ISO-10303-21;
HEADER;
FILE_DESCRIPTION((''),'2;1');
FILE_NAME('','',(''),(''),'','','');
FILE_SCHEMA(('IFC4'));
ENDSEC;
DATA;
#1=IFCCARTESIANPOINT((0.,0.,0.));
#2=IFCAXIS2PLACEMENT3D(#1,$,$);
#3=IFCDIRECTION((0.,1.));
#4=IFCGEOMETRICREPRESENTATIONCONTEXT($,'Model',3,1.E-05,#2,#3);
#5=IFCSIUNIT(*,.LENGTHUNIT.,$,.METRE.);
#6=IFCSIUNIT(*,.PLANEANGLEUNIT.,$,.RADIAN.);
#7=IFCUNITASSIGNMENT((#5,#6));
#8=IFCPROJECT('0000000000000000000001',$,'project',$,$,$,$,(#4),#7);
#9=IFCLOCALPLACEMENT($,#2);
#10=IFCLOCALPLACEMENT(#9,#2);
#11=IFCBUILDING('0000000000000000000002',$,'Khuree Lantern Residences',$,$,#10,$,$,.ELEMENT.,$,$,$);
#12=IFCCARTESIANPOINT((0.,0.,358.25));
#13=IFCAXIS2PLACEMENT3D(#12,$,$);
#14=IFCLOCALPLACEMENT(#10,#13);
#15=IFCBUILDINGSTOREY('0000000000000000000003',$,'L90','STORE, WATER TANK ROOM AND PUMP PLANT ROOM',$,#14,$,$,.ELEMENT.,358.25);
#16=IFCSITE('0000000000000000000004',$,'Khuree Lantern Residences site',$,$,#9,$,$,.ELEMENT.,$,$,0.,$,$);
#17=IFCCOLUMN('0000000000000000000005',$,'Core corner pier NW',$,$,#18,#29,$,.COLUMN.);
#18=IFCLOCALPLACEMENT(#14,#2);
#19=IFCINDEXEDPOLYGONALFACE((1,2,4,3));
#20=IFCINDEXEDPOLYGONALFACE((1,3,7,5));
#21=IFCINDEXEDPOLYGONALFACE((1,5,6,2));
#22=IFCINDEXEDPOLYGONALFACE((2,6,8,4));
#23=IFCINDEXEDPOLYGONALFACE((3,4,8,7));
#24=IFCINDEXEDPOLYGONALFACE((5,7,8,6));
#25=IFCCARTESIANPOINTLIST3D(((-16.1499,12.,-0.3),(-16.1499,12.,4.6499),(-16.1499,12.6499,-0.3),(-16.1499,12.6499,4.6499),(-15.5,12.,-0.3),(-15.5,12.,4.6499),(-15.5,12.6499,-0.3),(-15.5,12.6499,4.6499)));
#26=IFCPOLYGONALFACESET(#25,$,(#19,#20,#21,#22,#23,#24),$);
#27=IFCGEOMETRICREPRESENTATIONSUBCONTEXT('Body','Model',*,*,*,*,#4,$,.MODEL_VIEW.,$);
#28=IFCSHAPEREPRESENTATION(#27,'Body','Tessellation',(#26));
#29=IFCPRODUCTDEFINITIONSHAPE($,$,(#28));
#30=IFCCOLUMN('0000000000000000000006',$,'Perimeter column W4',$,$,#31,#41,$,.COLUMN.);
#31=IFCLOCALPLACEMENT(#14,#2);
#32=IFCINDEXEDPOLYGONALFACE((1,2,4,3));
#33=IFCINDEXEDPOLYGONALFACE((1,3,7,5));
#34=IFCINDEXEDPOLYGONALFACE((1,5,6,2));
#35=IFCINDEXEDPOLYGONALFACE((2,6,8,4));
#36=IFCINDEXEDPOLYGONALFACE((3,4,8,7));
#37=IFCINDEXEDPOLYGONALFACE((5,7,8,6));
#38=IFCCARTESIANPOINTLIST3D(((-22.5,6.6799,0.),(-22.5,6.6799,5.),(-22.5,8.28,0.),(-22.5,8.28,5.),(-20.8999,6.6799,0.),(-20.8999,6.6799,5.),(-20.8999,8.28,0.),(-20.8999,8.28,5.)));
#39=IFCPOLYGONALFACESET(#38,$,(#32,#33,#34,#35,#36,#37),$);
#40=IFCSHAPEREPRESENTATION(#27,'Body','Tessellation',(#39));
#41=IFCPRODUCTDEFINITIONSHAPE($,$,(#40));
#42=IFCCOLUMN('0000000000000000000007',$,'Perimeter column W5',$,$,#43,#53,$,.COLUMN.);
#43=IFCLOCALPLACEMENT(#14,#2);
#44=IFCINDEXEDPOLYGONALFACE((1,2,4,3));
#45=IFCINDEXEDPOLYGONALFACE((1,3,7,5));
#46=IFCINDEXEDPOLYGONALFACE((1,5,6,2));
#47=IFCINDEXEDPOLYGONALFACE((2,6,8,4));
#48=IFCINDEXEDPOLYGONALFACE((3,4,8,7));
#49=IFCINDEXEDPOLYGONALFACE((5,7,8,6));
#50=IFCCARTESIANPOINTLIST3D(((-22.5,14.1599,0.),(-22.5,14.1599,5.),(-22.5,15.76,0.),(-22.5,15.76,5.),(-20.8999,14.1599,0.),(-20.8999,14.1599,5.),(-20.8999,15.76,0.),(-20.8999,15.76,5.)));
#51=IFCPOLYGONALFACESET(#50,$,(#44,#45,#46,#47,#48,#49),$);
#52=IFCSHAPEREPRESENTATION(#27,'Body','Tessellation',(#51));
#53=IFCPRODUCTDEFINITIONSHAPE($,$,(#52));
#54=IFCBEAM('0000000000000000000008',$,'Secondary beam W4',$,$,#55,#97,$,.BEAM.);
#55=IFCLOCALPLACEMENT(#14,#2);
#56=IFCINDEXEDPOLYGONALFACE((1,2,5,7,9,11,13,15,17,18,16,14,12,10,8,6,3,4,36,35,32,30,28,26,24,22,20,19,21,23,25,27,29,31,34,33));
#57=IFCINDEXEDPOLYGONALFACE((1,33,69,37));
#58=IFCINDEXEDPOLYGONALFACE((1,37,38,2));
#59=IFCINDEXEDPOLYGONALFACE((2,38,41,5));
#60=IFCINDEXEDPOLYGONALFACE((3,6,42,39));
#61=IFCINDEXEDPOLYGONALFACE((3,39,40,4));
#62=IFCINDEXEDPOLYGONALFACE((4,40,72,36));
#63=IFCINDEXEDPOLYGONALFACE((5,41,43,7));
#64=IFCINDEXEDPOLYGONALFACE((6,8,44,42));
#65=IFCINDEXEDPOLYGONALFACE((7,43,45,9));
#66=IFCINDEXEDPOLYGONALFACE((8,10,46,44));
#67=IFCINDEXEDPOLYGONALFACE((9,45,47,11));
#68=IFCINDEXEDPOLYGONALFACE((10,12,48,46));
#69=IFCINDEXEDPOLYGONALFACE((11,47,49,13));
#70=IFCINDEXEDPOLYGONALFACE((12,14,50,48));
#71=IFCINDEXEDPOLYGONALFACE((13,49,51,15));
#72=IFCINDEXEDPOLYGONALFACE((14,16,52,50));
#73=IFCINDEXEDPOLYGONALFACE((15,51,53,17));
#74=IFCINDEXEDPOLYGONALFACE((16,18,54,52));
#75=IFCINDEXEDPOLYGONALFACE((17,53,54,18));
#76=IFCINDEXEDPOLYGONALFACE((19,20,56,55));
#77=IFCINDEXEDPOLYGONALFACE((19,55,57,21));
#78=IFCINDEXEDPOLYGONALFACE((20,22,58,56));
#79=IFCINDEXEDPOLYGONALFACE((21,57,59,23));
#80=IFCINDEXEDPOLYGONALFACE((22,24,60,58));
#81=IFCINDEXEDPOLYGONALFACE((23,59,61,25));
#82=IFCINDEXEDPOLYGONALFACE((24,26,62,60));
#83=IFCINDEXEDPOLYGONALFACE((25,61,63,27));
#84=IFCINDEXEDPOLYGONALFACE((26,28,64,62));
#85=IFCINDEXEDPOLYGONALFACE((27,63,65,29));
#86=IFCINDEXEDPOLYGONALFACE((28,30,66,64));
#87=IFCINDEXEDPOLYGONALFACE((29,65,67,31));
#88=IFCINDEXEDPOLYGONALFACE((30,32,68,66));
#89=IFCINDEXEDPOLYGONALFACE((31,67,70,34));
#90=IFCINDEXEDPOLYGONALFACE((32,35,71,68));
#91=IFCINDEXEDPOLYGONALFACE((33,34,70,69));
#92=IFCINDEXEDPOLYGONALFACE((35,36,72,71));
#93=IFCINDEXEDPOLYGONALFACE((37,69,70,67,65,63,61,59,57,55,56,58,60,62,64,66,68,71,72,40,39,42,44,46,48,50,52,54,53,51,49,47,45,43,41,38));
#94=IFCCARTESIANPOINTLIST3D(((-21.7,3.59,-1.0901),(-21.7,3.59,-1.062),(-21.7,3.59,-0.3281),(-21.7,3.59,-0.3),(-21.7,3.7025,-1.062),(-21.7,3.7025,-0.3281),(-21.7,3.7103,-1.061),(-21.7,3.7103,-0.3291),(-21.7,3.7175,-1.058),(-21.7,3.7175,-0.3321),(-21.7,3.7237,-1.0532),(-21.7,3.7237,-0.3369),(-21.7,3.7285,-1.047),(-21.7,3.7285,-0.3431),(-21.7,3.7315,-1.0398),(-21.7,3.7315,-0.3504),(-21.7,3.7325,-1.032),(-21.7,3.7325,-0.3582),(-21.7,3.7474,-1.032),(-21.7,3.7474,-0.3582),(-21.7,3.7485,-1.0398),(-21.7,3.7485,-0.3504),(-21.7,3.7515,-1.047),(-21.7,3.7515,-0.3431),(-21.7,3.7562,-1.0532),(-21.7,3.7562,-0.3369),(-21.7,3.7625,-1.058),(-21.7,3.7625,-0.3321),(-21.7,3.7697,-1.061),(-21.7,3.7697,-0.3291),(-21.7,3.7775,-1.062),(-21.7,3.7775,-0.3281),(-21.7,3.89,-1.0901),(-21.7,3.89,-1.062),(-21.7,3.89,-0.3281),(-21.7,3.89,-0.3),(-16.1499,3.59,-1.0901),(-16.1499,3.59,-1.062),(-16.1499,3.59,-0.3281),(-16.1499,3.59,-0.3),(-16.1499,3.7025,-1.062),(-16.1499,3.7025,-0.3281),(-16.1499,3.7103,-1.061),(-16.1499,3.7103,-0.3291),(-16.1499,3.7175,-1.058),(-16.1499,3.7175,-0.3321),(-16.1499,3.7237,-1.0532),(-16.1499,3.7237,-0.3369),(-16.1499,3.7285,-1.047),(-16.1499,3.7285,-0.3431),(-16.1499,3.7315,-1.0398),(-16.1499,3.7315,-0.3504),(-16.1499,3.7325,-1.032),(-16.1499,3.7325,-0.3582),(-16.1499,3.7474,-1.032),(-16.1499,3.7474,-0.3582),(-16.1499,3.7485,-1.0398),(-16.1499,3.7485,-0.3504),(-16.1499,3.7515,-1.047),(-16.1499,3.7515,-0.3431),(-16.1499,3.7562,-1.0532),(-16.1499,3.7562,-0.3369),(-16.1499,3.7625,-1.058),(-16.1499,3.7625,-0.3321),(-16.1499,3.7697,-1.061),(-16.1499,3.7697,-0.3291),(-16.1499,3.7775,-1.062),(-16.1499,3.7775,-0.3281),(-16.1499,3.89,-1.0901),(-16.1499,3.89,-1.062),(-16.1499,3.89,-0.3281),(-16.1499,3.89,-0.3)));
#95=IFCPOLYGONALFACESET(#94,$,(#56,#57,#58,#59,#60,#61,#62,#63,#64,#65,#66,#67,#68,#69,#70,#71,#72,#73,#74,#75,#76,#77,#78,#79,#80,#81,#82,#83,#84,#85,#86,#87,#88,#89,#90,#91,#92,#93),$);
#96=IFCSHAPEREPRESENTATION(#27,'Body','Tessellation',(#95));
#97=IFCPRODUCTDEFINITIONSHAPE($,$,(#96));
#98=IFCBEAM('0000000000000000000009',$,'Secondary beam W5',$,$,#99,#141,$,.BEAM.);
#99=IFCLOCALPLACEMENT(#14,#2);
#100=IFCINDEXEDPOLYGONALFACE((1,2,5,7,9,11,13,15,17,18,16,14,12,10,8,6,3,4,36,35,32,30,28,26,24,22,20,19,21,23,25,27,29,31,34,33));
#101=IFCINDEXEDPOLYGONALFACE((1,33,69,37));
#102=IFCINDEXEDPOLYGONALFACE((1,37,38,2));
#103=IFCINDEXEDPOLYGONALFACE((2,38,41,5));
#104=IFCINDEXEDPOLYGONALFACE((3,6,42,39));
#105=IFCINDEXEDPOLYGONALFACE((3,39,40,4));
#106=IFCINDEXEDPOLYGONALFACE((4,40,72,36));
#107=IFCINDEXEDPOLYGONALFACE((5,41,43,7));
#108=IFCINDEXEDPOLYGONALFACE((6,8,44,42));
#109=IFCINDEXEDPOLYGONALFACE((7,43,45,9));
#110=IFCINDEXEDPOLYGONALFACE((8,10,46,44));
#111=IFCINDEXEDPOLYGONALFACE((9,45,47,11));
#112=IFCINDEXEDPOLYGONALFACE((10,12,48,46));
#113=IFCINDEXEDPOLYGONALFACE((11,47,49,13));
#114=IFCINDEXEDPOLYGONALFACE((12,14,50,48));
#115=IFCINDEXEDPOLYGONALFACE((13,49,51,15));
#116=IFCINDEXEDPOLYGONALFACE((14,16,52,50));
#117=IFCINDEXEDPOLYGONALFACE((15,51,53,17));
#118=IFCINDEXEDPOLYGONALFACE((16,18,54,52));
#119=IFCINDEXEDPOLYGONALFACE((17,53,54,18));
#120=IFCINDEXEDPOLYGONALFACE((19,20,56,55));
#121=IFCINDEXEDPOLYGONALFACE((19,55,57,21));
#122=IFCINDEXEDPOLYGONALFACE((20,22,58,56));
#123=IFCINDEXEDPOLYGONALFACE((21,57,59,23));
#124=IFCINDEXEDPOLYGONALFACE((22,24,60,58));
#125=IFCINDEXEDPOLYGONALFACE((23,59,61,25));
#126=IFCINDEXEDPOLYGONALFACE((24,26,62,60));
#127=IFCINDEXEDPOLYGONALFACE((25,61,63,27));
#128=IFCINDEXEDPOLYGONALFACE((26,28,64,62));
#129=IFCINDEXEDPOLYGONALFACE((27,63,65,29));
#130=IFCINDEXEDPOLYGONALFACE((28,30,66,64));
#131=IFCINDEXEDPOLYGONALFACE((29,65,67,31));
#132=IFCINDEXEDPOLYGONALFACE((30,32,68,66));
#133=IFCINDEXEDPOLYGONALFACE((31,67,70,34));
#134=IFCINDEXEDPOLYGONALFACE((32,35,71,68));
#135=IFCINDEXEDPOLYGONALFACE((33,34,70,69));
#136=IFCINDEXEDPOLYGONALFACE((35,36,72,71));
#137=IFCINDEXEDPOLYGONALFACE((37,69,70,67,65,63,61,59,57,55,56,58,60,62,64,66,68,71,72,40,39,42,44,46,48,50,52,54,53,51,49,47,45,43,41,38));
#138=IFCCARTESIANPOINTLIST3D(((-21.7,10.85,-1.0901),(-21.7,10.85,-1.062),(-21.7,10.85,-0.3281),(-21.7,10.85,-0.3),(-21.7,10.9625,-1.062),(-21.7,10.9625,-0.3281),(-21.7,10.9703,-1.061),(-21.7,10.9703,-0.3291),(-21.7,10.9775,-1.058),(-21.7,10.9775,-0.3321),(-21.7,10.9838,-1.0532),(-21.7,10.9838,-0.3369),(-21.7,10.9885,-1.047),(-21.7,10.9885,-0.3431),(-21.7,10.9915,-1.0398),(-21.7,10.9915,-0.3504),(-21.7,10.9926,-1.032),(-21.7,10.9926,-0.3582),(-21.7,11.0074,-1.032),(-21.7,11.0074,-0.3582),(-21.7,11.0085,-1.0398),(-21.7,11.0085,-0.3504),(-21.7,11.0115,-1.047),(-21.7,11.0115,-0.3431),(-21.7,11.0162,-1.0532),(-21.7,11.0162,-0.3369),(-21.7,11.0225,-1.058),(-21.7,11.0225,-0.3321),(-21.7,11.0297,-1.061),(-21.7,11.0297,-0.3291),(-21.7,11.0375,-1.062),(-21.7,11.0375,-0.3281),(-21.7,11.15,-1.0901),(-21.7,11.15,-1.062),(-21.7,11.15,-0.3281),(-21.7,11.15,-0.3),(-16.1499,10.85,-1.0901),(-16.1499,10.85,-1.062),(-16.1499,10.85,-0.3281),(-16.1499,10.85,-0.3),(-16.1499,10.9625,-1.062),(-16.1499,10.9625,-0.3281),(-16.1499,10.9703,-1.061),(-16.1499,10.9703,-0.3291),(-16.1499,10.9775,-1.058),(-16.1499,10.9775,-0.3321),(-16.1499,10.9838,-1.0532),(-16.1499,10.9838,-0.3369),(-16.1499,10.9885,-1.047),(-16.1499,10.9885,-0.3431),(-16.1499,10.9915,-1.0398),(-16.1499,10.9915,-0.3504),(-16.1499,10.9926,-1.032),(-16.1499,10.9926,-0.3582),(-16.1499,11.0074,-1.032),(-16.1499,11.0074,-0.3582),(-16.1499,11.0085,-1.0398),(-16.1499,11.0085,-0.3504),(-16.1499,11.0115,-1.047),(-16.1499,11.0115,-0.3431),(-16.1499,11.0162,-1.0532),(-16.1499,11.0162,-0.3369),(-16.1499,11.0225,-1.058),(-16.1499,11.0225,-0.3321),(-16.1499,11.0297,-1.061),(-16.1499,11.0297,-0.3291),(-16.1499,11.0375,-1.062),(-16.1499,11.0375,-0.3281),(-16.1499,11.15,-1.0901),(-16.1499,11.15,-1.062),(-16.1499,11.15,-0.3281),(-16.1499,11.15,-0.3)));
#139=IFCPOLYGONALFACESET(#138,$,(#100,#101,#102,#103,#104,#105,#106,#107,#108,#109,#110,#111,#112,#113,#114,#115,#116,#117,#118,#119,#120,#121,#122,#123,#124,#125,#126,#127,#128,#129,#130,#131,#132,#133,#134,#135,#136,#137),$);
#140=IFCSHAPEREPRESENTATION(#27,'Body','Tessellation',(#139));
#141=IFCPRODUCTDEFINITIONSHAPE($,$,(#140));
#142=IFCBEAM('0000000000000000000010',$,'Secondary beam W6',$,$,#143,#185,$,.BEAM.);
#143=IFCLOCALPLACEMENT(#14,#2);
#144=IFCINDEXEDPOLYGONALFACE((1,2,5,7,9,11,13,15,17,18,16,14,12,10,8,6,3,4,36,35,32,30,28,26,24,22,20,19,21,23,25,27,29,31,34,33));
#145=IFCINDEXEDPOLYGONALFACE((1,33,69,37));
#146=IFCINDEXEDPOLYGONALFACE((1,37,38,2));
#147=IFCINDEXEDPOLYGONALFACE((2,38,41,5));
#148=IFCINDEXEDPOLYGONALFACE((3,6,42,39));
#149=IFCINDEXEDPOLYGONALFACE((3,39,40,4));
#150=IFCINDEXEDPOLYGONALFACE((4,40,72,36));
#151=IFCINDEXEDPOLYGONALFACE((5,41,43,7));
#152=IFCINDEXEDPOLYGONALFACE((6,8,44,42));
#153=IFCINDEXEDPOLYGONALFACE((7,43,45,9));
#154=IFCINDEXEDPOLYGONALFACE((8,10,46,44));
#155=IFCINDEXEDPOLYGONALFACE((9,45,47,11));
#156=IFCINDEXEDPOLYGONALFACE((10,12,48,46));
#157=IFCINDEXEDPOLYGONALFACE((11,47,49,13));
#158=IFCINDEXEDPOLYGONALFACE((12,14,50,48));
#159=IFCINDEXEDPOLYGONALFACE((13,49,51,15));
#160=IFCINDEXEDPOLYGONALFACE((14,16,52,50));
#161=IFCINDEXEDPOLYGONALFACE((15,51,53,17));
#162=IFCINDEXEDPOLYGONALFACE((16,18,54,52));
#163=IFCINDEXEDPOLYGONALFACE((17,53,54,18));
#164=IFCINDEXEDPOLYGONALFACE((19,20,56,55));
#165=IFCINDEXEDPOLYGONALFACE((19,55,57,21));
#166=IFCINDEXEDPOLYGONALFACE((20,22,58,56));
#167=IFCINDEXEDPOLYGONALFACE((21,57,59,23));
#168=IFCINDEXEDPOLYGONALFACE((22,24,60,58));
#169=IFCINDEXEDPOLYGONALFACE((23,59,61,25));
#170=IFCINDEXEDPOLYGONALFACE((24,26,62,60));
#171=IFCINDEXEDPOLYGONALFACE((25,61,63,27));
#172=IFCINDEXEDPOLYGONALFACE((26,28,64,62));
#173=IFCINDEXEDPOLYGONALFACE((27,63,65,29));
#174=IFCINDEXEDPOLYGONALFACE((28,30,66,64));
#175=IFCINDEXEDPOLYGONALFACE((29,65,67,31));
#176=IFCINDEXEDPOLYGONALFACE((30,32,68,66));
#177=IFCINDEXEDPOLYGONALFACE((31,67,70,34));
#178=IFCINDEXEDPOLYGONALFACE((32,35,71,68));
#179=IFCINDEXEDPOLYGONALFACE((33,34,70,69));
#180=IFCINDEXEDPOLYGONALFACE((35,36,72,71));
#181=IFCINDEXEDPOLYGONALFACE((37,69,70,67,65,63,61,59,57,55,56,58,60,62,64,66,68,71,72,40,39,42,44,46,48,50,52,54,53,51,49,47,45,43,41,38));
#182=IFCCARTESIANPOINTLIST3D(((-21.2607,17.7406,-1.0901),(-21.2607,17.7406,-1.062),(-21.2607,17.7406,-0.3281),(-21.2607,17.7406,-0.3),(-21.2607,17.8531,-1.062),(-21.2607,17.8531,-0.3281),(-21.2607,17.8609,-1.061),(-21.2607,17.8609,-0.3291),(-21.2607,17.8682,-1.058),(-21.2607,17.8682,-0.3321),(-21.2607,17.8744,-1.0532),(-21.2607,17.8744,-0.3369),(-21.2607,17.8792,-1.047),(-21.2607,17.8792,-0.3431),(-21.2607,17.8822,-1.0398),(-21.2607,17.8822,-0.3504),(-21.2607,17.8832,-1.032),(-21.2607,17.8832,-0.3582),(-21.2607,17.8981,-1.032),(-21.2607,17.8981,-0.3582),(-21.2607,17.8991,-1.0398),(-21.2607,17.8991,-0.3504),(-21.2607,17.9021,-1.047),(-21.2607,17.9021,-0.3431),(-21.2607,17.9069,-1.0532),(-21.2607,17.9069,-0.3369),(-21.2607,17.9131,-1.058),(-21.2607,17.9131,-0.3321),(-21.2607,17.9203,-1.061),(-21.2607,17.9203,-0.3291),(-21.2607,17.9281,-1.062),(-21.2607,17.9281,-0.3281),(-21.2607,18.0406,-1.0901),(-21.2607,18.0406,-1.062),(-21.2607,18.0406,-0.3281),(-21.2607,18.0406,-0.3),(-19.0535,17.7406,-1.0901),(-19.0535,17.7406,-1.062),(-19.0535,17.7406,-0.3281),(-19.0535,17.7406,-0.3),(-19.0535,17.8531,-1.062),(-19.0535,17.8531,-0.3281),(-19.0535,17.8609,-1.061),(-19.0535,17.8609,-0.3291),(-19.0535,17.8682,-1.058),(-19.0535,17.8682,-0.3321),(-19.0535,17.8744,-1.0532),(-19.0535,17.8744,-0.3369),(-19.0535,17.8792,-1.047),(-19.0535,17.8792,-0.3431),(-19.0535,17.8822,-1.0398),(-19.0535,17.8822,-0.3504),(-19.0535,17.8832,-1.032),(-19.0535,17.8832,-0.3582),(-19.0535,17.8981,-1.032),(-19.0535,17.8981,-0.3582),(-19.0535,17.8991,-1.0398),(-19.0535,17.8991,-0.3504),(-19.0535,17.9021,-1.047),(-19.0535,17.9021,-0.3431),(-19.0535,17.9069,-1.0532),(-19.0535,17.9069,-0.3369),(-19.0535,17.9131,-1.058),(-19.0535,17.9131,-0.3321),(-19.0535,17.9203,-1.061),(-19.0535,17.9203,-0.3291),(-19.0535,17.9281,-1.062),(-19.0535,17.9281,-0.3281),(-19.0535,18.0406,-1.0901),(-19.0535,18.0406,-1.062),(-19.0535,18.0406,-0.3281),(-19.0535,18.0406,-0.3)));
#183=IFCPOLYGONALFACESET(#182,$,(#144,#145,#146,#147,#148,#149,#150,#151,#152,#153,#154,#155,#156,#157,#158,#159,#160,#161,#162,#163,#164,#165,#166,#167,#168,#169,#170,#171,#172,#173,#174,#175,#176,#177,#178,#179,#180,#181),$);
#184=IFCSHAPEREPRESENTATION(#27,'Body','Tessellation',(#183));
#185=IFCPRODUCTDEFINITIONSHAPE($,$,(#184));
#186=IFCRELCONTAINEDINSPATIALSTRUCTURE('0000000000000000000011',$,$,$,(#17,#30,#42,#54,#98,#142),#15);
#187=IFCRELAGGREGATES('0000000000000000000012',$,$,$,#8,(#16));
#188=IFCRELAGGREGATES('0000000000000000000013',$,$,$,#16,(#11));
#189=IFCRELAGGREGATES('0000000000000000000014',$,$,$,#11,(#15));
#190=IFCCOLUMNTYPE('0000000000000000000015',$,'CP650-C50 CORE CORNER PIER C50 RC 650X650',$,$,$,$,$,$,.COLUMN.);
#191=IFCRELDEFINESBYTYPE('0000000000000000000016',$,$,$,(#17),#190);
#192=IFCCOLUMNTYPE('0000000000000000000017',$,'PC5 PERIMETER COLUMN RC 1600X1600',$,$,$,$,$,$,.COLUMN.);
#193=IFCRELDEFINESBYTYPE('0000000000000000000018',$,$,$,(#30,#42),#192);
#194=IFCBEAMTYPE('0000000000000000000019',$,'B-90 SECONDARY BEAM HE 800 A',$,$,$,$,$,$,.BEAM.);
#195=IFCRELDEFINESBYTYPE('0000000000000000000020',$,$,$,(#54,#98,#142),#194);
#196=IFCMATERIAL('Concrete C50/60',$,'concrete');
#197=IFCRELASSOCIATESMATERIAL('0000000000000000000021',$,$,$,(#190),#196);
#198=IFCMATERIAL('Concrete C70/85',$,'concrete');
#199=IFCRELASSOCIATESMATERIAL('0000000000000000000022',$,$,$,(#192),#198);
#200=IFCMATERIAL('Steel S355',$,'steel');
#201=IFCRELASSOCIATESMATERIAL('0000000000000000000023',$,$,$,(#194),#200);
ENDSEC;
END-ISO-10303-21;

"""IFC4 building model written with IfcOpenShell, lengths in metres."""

from ifc_helpers import new_model, si_unit, direction, frame, origin, origin_2d, place, context, subcontext, project, spatial, rectangle, i_section, extrude, material, material_profile, profile_set, type_object, element, save


model = new_model("IFC4")

# Units and contexts
model_context = context("Model", 3, precision=1e-05, world=origin(), true_north=direction((0.0, 1.0)))
body_context = subcontext(model_context, "Body", "Model", "MODEL_VIEW")
ifc_project = project(units=[si_unit("LENGTHUNIT", "METRE"), si_unit("PLANEANGLEUNIT", "RADIAN")], contexts=[model_context])

# Site, building, storey
site_placement = place(None, origin())
site = spatial("IfcSite", under=ifc_project, at=site_placement, Name="Khuree Lantern Residences site", CompositionType="ELEMENT", RefElevation=0.0)
building_placement = place(site_placement, origin())
building = spatial("IfcBuilding", under=site, at=building_placement, Name="Khuree Lantern Residences", CompositionType="ELEMENT")
storey_placement = place(building_placement, frame((0.0, 0.0, 358.25)))
storey = spatial("IfcBuildingStorey", under=building, at=storey_placement, Name="L90", Description="STORE, WATER TANK ROOM AND PUMP PLANT ROOM", CompositionType="ELEMENT", Elevation=358.25)

# Columns
ifc_material_1 = material(Name="Concrete C50/60", Category="concrete")
ifc_material_profile_1 = material_profile(ifc_material_1, rectangle(XDim=0.6499, YDim=0.6499, at=origin_2d()), Name="RC 650X650")
ifc_profile_set_1 = profile_set([ifc_material_profile_1], Name="Concrete C50/60")
column_type_1 = type_object("IfcColumnType", Name="CP650-C50 CORE CORNER PIER C50 RC 650X650", PredefinedType="COLUMN", material=ifc_profile_set_1)
column_placement = place(storey_placement, frame((-15.825, 12.325, -0.3), z_axis=(0.0, 0.0, 1.0), x_axis=(1.0, 0.0, 0.0)))
element("IfcColumn", 1, at=column_placement, inside=storey, type_object=column_type_1, Name="Core corner pier NW", PredefinedType="COLUMN", context=body_context, shape_type="SweptSolid", body=[
    extrude(rectangle(XDim=0.6499, YDim=0.6499, at=origin_2d()), origin(), (0.0, 0.0, 1.0), 4.95),
])
ifc_material_2 = material(Name="Concrete C70/85", Category="concrete")
ifc_material_profile_2 = material_profile(ifc_material_2, rectangle(XDim=1.6001, YDim=1.6001, at=origin_2d()), Name="RC 1600X1600")
ifc_profile_set_2 = profile_set([ifc_material_profile_2], Name="Concrete C70/85")
column_type_2 = type_object("IfcColumnType", Name="PC5 PERIMETER COLUMN RC 1600X1600", PredefinedType="COLUMN", material=ifc_profile_set_2)
for number, where, z_axis, x_axis, name in (
    (2, (-21.7, 7.48, 0.0), (0.0, 0.0, 1.0), (0.0, 1.0, 0.0), "Perimeter column W4"),
    (3, (-21.7, 14.96, 0.0), (0.0, 0.0, 1.0), (0.0, 1.0, 0.0), "Perimeter column W5"),
):
    element("IfcColumn", number, at=place(storey_placement, frame(where, z_axis=z_axis, x_axis=x_axis)), inside=storey, type_object=column_type_2, Name=name, PredefinedType="COLUMN", context=body_context, shape_type="SweptSolid", body=[
        extrude(rectangle(XDim=1.6001, YDim=1.6001, at=origin_2d()), origin(), (0.0, 0.0, 1.0), 5.0),
    ])

# Beams
ifc_material_3 = material(Name="Steel S355", Category="steel")
ifc_material_profile_3 = material_profile(ifc_material_3, i_section(OverallWidth=0.3, OverallDepth=0.79, WebThickness=0.0149, FlangeThickness=0.0281, FilletRadius=0.03, at=origin_2d()), Name="HE 800 A")
ifc_profile_set_3 = profile_set([ifc_material_profile_3], Name="Steel S355")
beam_type_1 = type_object("IfcBeamType", Name="B-90 SECONDARY BEAM HE 800 A", PredefinedType="BEAM", material=ifc_profile_set_3)
for number, where, z_axis, x_axis, name in (
    (4, (-21.7, 3.74, -0.6951), (1.0, 0.0, 0.0), (0.0, 1.0, 0.0), "Secondary beam W4"),
    (5, (-21.7, 11.0, -0.6951), (1.0, 0.0, 0.0), (0.0, 1.0, 0.0), "Secondary beam W5"),
):
    element("IfcBeam", number, at=place(storey_placement, frame(where, z_axis=z_axis, x_axis=x_axis)), inside=storey, type_object=beam_type_1, Name=name, PredefinedType="BEAM", context=body_context, shape_type="SweptSolid", body=[
        extrude(i_section(OverallWidth=0.3, OverallDepth=0.79, WebThickness=0.0149, FlangeThickness=0.0281, FilletRadius=0.03, at=origin_2d()), origin(), (0.0, 0.0, 1.0), 5.55),
    ])
beam_1_placement = place(storey_placement, frame((-21.2607, 17.8906, -0.6951), z_axis=(1.0, 0.0, 0.0), x_axis=(0.0, 1.0, 0.0)))
element("IfcBeam", 6, at=beam_1_placement, inside=storey, type_object=beam_type_1, Name="Secondary beam W6", PredefinedType="BEAM", context=body_context, shape_type="SweptSolid", body=[
    extrude(i_section(OverallWidth=0.3, OverallDepth=0.79, WebThickness=0.0149, FlangeThickness=0.0281, FilletRadius=0.03, at=origin_2d()), origin(), (0.0, 0.0, 1.0), 2.2073),
])

save(model, "model.ifc")
